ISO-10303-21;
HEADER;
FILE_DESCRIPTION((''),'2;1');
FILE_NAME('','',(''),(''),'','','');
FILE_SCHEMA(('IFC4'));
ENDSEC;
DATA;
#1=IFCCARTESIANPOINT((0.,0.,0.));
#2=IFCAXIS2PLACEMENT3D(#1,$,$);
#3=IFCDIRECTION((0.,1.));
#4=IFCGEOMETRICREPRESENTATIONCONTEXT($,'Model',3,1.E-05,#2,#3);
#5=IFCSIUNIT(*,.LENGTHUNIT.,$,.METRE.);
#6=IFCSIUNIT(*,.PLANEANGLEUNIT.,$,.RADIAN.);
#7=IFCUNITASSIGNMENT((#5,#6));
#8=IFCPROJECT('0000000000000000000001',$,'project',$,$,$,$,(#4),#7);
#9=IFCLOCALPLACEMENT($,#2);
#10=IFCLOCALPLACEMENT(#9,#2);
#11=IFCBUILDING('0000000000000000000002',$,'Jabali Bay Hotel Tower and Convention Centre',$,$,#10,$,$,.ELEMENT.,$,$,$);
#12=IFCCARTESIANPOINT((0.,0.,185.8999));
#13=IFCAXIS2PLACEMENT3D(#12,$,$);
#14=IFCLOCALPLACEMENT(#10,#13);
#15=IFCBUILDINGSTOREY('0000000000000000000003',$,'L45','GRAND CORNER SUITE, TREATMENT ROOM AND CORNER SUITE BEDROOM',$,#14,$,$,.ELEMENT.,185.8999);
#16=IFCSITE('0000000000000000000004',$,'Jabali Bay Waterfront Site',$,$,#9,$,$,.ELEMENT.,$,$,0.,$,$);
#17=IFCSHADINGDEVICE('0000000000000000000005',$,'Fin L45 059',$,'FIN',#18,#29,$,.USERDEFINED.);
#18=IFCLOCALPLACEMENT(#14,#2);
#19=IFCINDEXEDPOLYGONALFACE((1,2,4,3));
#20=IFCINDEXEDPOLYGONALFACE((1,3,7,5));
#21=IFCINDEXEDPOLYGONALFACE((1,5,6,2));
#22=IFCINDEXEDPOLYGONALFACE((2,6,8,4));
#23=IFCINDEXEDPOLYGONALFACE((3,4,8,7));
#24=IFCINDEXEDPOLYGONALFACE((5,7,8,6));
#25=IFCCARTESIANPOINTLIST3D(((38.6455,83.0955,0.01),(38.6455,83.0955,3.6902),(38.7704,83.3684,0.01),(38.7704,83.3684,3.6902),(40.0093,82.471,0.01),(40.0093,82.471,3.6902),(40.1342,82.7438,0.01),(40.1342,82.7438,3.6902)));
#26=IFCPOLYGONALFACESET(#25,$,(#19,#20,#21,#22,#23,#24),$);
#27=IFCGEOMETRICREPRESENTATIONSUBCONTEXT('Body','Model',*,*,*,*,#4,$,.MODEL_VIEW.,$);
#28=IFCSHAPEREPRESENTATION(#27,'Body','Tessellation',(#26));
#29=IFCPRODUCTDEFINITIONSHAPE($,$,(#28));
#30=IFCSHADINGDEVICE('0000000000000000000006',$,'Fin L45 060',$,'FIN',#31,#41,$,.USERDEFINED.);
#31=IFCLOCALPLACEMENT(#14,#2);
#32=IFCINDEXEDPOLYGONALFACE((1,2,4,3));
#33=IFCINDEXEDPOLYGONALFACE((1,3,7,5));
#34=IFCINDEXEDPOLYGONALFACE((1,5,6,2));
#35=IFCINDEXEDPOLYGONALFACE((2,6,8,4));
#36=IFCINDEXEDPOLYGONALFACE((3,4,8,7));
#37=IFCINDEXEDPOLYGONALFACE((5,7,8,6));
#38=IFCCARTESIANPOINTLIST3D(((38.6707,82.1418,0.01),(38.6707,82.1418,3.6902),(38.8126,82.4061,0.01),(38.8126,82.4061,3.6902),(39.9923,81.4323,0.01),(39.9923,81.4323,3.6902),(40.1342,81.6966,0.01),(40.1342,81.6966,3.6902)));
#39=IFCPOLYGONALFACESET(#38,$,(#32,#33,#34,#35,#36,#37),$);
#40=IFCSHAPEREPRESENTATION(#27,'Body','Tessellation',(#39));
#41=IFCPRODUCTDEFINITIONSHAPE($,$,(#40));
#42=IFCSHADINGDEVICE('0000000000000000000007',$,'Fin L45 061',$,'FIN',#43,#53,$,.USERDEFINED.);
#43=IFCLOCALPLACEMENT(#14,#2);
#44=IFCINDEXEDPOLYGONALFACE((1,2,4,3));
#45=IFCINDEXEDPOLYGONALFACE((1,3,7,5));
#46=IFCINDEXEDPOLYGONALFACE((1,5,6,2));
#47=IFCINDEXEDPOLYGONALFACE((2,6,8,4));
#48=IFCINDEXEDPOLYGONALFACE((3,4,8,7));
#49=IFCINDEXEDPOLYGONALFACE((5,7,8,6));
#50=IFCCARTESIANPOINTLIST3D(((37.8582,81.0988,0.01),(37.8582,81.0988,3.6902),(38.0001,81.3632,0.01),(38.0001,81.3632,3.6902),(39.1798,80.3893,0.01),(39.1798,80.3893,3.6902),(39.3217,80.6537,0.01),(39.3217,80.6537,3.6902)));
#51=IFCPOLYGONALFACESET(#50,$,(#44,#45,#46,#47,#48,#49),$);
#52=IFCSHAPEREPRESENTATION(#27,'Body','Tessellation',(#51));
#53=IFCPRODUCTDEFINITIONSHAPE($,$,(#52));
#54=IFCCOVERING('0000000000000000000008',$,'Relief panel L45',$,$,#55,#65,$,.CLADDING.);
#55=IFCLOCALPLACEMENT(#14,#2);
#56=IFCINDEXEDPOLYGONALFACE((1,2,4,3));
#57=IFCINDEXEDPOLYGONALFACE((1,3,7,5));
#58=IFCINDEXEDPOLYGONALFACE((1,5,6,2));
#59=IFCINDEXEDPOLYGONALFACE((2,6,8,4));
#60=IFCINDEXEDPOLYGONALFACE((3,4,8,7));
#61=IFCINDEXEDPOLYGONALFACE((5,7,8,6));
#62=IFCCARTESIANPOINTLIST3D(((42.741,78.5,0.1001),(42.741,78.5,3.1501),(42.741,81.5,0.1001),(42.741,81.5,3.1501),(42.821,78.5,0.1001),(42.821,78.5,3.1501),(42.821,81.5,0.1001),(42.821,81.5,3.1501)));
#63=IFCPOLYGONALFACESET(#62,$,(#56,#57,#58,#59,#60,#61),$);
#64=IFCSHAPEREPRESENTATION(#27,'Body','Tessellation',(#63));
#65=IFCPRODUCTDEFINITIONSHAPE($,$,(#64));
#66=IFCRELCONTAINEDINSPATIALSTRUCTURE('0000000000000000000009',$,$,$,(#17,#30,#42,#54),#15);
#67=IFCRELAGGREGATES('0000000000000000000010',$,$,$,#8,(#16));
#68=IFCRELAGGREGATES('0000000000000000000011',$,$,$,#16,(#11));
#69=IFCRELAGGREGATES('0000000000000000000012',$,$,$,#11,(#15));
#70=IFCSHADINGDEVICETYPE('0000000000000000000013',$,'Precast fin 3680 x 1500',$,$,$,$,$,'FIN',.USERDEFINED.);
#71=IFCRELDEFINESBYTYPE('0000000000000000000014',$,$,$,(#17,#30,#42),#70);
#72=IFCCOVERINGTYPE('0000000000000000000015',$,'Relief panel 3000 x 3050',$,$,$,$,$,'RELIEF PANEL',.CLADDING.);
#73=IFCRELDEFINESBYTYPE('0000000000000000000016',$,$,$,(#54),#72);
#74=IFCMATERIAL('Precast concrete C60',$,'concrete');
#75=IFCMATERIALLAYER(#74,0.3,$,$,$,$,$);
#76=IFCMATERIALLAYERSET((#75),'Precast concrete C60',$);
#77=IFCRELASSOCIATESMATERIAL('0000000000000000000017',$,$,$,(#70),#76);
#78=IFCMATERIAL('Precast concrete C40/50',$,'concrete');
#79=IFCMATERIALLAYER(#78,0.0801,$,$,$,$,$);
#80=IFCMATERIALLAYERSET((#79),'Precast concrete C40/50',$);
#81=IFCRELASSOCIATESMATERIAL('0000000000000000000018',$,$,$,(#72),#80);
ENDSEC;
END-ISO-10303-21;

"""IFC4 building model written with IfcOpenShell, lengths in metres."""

from ifc_helpers import new_model, si_unit, direction, frame, frame_2d, origin, origin_2d, place, context, subcontext, project, spatial, rectangle, extrude, material, layer, layer_set, type_object, element, save


model = new_model("IFC4")

# Units and contexts
model_context = context("Model", 3, precision=1e-05, world=origin(), true_north=direction((0.0, 1.0)))
body_context = subcontext(model_context, "Body", "Model", "MODEL_VIEW")
ifc_project = project(units=[si_unit("LENGTHUNIT", "METRE"), si_unit("PLANEANGLEUNIT", "RADIAN")], contexts=[model_context])

# Site, building, storey
site_placement = place(None, origin())
site = spatial("IfcSite", under=ifc_project, at=site_placement, Name="Jabali Bay Waterfront Site", CompositionType="ELEMENT", RefElevation=0.0)
building_placement = place(site_placement, origin())
building = spatial("IfcBuilding", under=site, at=building_placement, Name="Jabali Bay Hotel Tower and Convention Centre", CompositionType="ELEMENT")
storey_placement = place(building_placement, frame((0.0, 0.0, 185.8999)))
storey = spatial("IfcBuildingStorey", under=building, at=storey_placement, Name="L45", Description="GRAND CORNER SUITE, TREATMENT ROOM AND CORNER SUITE BEDROOM", CompositionType="ELEMENT", Elevation=185.8999)

# Shading devices
ifc_material_1 = material(Name="Precast concrete C60", Category="concrete")
ifc_layer_1 = layer(ifc_material_1, 0.3)
ifc_layer_set_1 = layer_set([ifc_layer_1], Name="Precast concrete C60")
shading_device_type_1 = type_object("IfcShadingDeviceType", Name="Precast fin 3680 x 1500", ElementType="FIN", PredefinedType="USERDEFINED", material=ifc_layer_set_1)
for number, where, z_axis, x_axis, name in (
    (1, (40.0718, 82.6074, 0.01), (0.0, 0.0, 1.0), (-0.909203, 0.416352, 0.0), "Fin L45 059"),
    (2, (40.0632, 81.5645, 0.01), (0.0, 0.0, 1.0), (-0.881061, 0.473003, 0.0), "Fin L45 060"),
    (3, (39.2507, 80.5215, 0.01), (0.0, 0.0, 1.0), (-0.881061, 0.473003, 0.0), "Fin L45 061"),
):
    element("IfcShadingDevice", number, at=place(storey_placement, frame(where, z_axis=z_axis, x_axis=x_axis)), inside=storey, type_object=shading_device_type_1, Name=name, ObjectType="FIN", PredefinedType="USERDEFINED", context=body_context, shape_type="SweptSolid", body=[
        extrude(rectangle(XDim=1.5, YDim=0.3, at=frame_2d((0.75, 0.0))), origin(), (0.0, 0.0, 1.0), 3.6802),
    ])

# Covering
ifc_material_2 = material(Name="Precast concrete C40/50", Category="concrete")
ifc_layer_2 = layer(ifc_material_2, 0.0801)
ifc_layer_set_2 = layer_set([ifc_layer_2], Name="Precast concrete C40/50")
covering_type = type_object("IfcCoveringType", Name="Relief panel 3000 x 3050", ElementType="RELIEF PANEL", PredefinedType="CLADDING", material=ifc_layer_set_2)
covering_placement = place(storey_placement, frame((42.781, 80.0, 0.1001), z_axis=(0.0, 0.0, 1.0), x_axis=(0.0, 1.0, 0.0)))
element("IfcCovering", 4, at=covering_placement, inside=storey, type_object=covering_type, Name="Relief panel L45", PredefinedType="CLADDING", context=body_context, shape_type="SweptSolid", body=[
    extrude(rectangle(XDim=3.0, YDim=0.0801, at=origin_2d()), origin(), (0.0, 0.0, 1.0), 3.05),
])

save(model, "model.ifc")
